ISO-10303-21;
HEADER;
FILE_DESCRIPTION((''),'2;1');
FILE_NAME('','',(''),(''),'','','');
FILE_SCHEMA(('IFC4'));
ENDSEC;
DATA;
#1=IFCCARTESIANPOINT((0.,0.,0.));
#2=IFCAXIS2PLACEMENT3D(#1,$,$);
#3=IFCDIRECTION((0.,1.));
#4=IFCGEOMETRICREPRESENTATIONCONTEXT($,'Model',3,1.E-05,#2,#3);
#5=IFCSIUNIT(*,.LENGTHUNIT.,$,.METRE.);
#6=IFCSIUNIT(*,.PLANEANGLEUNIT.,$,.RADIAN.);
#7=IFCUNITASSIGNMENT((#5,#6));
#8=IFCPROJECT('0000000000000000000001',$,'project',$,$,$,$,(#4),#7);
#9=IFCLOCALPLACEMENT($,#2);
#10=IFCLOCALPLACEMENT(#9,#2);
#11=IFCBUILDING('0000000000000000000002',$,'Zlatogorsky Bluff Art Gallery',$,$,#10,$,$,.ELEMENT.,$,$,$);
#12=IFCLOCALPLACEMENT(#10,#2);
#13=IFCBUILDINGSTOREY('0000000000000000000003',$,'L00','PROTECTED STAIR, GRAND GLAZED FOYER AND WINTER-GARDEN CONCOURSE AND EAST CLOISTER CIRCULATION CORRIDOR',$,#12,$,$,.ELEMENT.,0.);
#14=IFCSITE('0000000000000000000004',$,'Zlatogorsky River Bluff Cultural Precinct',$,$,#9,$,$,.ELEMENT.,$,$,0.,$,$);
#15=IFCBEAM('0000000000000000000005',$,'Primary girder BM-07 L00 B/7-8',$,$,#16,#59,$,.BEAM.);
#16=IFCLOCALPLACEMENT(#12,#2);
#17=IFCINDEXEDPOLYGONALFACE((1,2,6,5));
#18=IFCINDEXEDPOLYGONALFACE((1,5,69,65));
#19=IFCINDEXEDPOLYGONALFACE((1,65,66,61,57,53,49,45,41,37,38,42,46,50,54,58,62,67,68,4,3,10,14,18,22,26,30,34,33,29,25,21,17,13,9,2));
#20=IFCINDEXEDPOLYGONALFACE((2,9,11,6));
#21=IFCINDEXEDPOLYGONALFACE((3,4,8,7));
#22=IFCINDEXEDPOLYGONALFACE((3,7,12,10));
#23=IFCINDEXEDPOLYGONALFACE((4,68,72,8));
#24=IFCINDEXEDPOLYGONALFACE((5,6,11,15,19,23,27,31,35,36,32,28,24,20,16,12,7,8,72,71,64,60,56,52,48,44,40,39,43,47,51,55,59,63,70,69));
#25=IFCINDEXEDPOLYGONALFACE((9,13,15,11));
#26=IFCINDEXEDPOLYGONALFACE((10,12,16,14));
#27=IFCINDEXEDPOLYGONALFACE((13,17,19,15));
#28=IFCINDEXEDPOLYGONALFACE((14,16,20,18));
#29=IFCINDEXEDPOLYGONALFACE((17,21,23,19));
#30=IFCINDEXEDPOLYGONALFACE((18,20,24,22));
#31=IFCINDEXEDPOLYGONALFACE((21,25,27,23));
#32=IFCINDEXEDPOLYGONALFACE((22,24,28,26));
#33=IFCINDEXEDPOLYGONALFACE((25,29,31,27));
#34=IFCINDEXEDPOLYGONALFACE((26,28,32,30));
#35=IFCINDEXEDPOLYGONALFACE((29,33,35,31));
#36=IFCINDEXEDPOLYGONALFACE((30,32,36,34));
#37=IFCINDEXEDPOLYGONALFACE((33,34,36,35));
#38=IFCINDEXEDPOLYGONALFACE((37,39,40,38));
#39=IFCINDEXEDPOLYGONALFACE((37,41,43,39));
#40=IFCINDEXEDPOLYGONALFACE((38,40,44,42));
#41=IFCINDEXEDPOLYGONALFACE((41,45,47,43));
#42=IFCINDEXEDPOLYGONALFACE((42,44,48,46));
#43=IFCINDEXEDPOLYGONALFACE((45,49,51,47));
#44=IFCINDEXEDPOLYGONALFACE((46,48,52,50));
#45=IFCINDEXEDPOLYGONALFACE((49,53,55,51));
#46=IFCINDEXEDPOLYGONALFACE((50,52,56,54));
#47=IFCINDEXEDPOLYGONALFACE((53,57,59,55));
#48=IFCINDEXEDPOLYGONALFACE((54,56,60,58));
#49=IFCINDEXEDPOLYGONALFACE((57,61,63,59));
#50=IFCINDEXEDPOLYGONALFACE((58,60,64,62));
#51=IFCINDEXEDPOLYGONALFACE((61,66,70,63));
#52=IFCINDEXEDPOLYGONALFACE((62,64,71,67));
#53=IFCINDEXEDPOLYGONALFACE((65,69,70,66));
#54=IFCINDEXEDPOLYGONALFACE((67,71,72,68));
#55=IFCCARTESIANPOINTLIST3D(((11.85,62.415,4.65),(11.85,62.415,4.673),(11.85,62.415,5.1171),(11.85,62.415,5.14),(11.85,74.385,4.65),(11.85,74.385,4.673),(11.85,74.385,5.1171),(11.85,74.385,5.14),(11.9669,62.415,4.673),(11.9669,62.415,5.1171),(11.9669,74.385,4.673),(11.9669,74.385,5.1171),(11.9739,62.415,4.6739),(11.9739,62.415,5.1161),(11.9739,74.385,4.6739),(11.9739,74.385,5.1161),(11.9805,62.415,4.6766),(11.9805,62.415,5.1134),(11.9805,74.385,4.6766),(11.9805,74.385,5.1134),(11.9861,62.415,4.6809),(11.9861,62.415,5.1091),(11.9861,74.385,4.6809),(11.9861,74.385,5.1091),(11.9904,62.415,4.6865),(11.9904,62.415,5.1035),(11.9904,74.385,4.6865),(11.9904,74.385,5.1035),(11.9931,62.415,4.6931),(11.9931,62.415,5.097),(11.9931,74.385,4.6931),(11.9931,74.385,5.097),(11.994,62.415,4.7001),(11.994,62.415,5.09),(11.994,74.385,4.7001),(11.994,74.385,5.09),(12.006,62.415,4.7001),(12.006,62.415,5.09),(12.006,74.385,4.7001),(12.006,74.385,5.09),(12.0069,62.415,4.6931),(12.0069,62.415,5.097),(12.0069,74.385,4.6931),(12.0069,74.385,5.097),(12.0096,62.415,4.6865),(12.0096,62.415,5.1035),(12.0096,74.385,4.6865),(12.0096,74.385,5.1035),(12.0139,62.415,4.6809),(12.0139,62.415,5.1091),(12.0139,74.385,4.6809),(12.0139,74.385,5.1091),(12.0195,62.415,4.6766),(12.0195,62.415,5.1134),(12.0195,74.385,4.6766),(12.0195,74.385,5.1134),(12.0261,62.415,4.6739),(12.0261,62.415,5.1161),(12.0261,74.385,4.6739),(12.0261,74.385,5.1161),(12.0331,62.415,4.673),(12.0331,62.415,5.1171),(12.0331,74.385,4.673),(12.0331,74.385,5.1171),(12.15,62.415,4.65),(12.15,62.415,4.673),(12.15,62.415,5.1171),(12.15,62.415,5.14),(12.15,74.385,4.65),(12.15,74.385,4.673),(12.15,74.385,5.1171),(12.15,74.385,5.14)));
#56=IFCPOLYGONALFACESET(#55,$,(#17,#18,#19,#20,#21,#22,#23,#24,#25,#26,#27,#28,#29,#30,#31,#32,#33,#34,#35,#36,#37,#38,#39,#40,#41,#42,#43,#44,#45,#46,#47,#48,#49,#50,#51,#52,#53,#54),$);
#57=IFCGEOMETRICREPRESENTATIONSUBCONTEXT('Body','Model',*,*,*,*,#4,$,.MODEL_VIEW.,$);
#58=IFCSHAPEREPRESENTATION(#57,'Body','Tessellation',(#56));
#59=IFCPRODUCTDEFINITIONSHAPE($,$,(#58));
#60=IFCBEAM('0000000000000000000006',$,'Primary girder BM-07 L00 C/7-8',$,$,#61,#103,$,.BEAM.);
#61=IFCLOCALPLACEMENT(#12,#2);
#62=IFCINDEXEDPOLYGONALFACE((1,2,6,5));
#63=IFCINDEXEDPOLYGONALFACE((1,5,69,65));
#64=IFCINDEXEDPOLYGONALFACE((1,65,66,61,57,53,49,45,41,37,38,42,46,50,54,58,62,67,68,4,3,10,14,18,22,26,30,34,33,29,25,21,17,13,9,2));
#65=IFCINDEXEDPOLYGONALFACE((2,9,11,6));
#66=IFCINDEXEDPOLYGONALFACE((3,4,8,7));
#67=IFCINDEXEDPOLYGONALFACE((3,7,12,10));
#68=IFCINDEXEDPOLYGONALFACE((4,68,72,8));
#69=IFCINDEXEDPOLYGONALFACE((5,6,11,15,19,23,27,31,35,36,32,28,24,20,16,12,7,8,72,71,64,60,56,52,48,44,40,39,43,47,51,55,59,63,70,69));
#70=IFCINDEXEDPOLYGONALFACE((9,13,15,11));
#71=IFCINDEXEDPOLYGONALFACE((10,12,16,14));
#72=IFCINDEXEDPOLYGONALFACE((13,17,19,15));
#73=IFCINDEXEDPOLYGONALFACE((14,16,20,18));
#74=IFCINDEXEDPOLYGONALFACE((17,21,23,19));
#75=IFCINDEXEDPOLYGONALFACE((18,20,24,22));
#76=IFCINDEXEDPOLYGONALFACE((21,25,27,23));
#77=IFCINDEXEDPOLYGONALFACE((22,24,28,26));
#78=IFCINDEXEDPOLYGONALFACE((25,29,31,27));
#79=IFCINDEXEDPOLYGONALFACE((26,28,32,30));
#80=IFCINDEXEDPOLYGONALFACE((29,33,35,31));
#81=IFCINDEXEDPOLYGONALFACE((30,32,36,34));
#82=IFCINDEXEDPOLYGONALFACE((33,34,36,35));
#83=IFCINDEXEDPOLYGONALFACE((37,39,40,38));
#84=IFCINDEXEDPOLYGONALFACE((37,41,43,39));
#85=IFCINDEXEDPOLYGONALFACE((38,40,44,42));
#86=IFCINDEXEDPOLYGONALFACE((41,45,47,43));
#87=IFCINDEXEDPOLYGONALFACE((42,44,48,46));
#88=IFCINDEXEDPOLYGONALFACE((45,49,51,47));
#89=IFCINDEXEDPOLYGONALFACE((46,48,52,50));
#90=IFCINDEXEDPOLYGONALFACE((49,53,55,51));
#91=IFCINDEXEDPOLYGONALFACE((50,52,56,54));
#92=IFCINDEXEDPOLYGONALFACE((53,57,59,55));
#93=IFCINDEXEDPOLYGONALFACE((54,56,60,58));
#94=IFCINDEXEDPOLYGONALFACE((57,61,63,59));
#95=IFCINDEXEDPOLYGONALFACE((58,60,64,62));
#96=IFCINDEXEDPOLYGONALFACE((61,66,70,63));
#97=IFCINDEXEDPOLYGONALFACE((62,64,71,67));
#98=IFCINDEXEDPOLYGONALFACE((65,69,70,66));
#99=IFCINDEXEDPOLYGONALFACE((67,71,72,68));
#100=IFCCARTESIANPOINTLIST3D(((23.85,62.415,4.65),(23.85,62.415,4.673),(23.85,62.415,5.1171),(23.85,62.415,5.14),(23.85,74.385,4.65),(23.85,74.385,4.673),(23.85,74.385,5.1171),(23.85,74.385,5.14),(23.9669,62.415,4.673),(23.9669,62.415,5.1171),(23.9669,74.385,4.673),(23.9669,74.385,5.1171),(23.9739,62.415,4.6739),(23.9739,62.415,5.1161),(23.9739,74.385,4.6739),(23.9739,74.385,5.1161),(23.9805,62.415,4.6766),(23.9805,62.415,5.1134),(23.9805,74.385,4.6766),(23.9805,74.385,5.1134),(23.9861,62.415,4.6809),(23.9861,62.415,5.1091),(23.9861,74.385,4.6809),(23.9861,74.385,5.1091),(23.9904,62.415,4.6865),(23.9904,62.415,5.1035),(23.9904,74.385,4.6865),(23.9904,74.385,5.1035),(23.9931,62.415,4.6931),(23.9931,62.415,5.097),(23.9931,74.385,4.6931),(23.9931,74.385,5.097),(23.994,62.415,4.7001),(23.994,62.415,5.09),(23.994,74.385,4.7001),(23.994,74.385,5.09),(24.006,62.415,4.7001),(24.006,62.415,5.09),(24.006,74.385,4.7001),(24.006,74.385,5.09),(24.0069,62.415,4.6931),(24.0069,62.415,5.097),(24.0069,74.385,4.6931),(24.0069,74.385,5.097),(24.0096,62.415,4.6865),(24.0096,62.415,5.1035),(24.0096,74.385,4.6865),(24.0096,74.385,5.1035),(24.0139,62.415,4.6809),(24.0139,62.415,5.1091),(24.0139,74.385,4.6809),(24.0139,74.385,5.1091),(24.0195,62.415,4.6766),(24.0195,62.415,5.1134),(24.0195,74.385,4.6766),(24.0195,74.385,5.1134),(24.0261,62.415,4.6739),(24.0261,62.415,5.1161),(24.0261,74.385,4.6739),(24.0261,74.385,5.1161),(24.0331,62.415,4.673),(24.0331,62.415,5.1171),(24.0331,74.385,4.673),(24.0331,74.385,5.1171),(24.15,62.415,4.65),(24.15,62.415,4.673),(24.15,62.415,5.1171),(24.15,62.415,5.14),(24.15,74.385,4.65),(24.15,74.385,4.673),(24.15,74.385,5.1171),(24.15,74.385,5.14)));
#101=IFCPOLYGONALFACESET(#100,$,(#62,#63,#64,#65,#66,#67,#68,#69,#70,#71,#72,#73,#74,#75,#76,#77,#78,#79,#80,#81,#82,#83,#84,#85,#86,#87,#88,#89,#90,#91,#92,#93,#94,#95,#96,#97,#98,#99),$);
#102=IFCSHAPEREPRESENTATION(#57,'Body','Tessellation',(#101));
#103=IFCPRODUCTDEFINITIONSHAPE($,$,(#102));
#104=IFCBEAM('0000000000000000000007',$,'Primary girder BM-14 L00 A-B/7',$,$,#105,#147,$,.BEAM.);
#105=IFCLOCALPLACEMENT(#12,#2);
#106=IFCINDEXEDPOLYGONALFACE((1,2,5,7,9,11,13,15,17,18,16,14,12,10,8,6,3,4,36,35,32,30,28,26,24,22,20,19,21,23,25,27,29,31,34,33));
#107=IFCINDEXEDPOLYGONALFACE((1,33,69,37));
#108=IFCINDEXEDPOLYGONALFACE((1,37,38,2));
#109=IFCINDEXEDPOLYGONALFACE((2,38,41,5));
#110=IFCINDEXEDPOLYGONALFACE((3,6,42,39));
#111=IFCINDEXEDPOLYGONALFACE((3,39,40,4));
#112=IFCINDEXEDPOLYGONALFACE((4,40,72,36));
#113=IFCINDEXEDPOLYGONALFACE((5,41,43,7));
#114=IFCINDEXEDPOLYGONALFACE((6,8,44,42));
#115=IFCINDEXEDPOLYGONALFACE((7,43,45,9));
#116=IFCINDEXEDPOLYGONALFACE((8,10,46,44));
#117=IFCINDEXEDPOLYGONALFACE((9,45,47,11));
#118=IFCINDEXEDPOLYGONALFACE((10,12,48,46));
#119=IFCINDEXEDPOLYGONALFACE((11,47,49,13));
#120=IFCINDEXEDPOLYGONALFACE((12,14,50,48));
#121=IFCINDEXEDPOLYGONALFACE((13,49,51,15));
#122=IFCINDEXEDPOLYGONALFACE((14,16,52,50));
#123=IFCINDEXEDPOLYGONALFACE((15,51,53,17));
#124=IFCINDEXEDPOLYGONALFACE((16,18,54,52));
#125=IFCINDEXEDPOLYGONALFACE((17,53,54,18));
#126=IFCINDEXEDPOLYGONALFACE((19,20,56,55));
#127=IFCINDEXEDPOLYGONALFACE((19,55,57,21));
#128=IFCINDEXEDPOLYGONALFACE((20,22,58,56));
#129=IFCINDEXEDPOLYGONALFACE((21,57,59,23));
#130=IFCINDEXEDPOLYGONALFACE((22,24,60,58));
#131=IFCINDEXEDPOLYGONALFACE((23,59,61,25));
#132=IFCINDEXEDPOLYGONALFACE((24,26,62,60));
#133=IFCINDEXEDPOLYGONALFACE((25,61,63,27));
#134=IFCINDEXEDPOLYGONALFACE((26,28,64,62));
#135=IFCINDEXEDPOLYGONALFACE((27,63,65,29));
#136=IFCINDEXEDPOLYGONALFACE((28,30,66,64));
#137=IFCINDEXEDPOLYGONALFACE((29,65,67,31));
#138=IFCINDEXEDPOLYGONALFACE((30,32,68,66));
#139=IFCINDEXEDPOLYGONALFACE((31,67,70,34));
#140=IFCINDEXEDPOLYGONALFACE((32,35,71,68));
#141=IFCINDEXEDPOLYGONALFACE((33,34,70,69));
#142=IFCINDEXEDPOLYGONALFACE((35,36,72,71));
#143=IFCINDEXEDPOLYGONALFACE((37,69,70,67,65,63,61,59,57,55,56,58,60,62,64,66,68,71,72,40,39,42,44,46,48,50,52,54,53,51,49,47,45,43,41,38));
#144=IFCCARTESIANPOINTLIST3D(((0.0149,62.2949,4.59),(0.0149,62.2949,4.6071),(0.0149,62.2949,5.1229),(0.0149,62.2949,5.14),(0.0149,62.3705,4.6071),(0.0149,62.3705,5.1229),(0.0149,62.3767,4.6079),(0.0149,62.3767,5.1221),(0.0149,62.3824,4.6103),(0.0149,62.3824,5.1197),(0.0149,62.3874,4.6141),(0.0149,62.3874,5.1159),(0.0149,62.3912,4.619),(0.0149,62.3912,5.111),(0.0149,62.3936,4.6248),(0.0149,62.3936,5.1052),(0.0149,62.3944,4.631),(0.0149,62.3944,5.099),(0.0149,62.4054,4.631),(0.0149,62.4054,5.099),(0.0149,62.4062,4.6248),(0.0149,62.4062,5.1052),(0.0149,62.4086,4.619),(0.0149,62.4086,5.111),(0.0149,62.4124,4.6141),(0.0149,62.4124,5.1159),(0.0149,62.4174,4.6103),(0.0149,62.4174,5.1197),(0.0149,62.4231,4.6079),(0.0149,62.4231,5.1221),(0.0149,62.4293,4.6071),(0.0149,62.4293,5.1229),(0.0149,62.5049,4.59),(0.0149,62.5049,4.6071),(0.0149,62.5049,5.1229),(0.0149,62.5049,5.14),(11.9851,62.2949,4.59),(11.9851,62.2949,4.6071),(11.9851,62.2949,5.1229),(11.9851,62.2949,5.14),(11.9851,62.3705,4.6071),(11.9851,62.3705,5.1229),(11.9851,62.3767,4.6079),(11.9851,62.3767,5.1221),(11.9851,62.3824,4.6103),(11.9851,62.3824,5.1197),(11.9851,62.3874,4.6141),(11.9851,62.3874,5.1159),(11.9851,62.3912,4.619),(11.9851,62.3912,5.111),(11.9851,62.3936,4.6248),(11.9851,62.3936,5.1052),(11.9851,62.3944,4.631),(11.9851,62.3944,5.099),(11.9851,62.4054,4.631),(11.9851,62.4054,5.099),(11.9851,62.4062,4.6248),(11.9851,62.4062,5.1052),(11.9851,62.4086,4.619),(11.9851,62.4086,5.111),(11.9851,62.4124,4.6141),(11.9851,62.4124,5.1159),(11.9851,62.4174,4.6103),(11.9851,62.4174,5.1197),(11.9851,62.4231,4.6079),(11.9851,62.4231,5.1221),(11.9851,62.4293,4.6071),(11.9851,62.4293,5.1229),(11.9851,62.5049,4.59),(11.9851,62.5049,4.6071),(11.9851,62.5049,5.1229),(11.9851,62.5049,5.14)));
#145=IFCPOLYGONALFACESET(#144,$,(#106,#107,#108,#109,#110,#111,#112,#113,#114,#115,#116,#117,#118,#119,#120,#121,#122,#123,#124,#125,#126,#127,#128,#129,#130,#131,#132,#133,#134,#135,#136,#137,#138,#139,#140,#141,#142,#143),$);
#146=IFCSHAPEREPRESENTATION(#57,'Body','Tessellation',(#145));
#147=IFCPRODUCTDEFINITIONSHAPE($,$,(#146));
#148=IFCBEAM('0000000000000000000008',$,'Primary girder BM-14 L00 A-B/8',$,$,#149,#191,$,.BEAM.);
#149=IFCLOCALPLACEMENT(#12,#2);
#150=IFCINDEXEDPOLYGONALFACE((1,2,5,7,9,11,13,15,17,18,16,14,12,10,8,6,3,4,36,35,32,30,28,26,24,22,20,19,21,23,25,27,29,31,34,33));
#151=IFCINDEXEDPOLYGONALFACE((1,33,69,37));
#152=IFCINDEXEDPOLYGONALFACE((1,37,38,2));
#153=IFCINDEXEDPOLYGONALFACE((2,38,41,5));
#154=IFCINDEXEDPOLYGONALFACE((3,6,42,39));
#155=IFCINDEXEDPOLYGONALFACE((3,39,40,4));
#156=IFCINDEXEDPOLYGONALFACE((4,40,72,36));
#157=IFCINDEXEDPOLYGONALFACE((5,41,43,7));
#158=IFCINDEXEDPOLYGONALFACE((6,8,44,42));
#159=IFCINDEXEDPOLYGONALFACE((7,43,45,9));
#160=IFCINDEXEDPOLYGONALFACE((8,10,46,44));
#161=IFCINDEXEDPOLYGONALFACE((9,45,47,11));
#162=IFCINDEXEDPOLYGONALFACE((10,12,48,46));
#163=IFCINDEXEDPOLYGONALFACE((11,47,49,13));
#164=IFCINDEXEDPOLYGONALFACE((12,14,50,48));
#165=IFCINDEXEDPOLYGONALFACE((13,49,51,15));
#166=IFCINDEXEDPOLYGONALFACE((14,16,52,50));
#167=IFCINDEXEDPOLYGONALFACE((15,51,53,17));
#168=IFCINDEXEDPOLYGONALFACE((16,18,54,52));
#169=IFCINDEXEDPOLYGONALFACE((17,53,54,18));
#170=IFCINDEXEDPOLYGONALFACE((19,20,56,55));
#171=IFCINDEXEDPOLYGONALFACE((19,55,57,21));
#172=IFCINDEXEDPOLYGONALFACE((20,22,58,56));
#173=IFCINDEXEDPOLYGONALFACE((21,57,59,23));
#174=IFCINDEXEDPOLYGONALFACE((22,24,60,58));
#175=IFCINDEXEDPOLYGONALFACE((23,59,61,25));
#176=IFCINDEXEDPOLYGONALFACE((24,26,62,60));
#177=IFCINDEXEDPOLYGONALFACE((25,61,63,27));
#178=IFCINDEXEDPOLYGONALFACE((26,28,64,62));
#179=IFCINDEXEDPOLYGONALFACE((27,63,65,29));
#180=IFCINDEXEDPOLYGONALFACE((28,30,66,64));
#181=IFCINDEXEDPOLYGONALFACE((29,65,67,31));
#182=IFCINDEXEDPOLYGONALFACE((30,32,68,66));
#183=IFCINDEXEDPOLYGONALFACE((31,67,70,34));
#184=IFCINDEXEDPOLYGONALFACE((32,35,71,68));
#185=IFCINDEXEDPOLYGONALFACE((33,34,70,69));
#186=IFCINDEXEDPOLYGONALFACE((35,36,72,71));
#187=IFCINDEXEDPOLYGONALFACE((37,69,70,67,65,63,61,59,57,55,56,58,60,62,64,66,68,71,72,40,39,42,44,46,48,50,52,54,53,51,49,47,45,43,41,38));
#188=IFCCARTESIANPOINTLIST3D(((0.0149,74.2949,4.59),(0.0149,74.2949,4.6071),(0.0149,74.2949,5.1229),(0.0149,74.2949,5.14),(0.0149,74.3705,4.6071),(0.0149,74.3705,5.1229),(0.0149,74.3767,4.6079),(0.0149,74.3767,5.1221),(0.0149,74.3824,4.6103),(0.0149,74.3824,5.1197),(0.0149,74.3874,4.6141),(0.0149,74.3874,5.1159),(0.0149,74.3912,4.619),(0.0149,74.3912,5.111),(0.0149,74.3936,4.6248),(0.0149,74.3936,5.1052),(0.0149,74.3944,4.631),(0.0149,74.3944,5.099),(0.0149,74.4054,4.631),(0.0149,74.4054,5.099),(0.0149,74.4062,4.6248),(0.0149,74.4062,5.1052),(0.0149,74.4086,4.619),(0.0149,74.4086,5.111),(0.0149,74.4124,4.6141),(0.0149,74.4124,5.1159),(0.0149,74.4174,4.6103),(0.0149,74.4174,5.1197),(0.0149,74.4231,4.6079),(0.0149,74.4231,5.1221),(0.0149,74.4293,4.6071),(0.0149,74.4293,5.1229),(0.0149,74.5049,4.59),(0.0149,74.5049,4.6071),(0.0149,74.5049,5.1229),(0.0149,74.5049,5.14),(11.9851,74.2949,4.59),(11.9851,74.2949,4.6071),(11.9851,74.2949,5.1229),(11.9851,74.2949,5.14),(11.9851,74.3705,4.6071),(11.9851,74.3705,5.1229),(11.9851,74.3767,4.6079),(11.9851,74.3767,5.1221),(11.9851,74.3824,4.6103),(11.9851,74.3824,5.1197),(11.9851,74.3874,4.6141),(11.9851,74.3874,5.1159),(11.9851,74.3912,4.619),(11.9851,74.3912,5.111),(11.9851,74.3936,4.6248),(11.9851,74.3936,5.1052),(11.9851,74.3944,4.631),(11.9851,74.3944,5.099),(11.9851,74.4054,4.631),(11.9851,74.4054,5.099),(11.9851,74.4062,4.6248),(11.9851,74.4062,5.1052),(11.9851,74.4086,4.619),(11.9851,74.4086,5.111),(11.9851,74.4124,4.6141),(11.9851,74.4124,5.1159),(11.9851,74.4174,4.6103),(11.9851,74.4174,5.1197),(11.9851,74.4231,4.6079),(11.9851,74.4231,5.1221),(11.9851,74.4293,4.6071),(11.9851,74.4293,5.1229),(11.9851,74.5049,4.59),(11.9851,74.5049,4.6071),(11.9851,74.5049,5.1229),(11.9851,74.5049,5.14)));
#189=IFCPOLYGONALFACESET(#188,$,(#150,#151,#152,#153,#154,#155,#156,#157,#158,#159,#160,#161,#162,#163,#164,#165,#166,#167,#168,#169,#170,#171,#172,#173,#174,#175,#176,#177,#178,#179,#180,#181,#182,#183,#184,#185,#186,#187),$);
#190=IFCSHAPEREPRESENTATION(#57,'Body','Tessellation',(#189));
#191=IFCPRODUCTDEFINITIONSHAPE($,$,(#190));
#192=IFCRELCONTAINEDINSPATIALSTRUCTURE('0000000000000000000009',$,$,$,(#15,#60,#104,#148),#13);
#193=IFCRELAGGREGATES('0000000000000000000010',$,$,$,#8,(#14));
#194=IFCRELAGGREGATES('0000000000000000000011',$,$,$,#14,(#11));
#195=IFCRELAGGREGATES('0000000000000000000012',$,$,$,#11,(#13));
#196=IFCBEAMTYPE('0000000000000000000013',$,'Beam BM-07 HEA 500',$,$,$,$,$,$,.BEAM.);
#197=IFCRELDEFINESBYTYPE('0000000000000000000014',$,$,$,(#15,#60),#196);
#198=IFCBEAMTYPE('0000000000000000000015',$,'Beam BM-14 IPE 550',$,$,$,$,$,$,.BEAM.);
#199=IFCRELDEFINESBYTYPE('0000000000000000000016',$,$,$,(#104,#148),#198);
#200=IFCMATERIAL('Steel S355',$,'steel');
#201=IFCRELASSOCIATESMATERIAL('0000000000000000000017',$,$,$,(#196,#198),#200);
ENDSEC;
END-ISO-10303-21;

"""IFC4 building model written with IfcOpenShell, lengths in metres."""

from ifc_helpers import new_model, si_unit, direction, frame, origin, origin_2d, place, context, subcontext, project, spatial, i_section, extrude, material, material_profile, profile_set, type_object, element, save


model = new_model("IFC4")

# Units and contexts
model_context = context("Model", 3, precision=1e-05, world=origin(), true_north=direction((0.0, 1.0)))
body_context = subcontext(model_context, "Body", "Model", "MODEL_VIEW")
ifc_project = project(units=[si_unit("LENGTHUNIT", "METRE"), si_unit("PLANEANGLEUNIT", "RADIAN")], contexts=[model_context])

# Site, building, storey
site_placement = place(None, origin())
site = spatial("IfcSite", under=ifc_project, at=site_placement, Name="Zlatogorsky River Bluff Cultural Precinct", CompositionType="ELEMENT", RefElevation=0.0)
building_placement = place(site_placement, origin())
building = spatial("IfcBuilding", under=site, at=building_placement, Name="Zlatogorsky Bluff Art Gallery", CompositionType="ELEMENT")
storey_placement = place(building_placement, origin())
storey = spatial("IfcBuildingStorey", under=building, at=storey_placement, Name="L00", Description="PROTECTED STAIR, GRAND GLAZED FOYER AND WINTER-GARDEN CONCOURSE AND EAST CLOISTER CIRCULATION CORRIDOR", CompositionType="ELEMENT", Elevation=0.0)

# Shared definitions
ifc_material_1 = material(Name="Steel S355", Category="steel")

# Beams
ifc_material_profile_1 = material_profile(ifc_material_1, i_section(OverallWidth=0.3, OverallDepth=0.49, WebThickness=0.012, FlangeThickness=0.0229, FilletRadius=0.0271, at=origin_2d()), Name="HEA 500")
ifc_profile_set_1 = profile_set([ifc_material_profile_1], Name="Steel S355")
beam_type_1 = type_object("IfcBeamType", Name="Beam BM-07 HEA 500", PredefinedType="BEAM", material=ifc_profile_set_1)
for number, where, z_axis, x_axis, name in (
    (1, (12.0, 62.415, 4.895), (0.0, 1.0, 0.0), (-1.0, 0.0, 0.0), "Primary girder BM-07 L00 B/7-8"),
    (2, (24.0, 62.415, 4.895), (0.0, 1.0, 0.0), (-1.0, 0.0, 0.0), "Primary girder BM-07 L00 C/7-8"),
):
    element("IfcBeam", number, at=place(storey_placement, frame(where, z_axis=z_axis, x_axis=x_axis)), inside=storey, type_object=beam_type_1, Name=name, PredefinedType="BEAM", context=body_context, shape_type="SweptSolid", body=[
        extrude(i_section(OverallWidth=0.3, OverallDepth=0.49, WebThickness=0.012, FlangeThickness=0.0229, FilletRadius=0.0271, at=origin_2d()), origin(), (0.0, 0.0, 1.0), 11.97),
    ])
ifc_material_profile_2 = material_profile(ifc_material_1, i_section(OverallWidth=0.21, OverallDepth=0.55, WebThickness=0.011, FlangeThickness=0.0171, FilletRadius=0.0239, at=origin_2d()), Name="IPE 550")
ifc_profile_set_2 = profile_set([ifc_material_profile_2], Name="Steel S355")
beam_type_2 = type_object("IfcBeamType", Name="Beam BM-14 IPE 550", PredefinedType="BEAM", material=ifc_profile_set_2)
for number, where, z_axis, x_axis, name in (
    (3, (0.0149, 62.3999, 4.865), (1.0, 0.0, 0.0), (0.0, 1.0, 0.0), "Primary girder BM-14 L00 A-B/7"),
    (4, (0.0149, 74.3999, 4.865), (1.0, 0.0, 0.0), (0.0, 1.0, 0.0), "Primary girder BM-14 L00 A-B/8"),
):
    element("IfcBeam", number, at=place(storey_placement, frame(where, z_axis=z_axis, x_axis=x_axis)), inside=storey, type_object=beam_type_2, Name=name, PredefinedType="BEAM", context=body_context, shape_type="SweptSolid", body=[
        extrude(i_section(OverallWidth=0.21, OverallDepth=0.55, WebThickness=0.011, FlangeThickness=0.0171, FilletRadius=0.0239, at=origin_2d()), origin(), (0.0, 0.0, 1.0), 11.9702),
    ])

save(model, "model.ifc")
